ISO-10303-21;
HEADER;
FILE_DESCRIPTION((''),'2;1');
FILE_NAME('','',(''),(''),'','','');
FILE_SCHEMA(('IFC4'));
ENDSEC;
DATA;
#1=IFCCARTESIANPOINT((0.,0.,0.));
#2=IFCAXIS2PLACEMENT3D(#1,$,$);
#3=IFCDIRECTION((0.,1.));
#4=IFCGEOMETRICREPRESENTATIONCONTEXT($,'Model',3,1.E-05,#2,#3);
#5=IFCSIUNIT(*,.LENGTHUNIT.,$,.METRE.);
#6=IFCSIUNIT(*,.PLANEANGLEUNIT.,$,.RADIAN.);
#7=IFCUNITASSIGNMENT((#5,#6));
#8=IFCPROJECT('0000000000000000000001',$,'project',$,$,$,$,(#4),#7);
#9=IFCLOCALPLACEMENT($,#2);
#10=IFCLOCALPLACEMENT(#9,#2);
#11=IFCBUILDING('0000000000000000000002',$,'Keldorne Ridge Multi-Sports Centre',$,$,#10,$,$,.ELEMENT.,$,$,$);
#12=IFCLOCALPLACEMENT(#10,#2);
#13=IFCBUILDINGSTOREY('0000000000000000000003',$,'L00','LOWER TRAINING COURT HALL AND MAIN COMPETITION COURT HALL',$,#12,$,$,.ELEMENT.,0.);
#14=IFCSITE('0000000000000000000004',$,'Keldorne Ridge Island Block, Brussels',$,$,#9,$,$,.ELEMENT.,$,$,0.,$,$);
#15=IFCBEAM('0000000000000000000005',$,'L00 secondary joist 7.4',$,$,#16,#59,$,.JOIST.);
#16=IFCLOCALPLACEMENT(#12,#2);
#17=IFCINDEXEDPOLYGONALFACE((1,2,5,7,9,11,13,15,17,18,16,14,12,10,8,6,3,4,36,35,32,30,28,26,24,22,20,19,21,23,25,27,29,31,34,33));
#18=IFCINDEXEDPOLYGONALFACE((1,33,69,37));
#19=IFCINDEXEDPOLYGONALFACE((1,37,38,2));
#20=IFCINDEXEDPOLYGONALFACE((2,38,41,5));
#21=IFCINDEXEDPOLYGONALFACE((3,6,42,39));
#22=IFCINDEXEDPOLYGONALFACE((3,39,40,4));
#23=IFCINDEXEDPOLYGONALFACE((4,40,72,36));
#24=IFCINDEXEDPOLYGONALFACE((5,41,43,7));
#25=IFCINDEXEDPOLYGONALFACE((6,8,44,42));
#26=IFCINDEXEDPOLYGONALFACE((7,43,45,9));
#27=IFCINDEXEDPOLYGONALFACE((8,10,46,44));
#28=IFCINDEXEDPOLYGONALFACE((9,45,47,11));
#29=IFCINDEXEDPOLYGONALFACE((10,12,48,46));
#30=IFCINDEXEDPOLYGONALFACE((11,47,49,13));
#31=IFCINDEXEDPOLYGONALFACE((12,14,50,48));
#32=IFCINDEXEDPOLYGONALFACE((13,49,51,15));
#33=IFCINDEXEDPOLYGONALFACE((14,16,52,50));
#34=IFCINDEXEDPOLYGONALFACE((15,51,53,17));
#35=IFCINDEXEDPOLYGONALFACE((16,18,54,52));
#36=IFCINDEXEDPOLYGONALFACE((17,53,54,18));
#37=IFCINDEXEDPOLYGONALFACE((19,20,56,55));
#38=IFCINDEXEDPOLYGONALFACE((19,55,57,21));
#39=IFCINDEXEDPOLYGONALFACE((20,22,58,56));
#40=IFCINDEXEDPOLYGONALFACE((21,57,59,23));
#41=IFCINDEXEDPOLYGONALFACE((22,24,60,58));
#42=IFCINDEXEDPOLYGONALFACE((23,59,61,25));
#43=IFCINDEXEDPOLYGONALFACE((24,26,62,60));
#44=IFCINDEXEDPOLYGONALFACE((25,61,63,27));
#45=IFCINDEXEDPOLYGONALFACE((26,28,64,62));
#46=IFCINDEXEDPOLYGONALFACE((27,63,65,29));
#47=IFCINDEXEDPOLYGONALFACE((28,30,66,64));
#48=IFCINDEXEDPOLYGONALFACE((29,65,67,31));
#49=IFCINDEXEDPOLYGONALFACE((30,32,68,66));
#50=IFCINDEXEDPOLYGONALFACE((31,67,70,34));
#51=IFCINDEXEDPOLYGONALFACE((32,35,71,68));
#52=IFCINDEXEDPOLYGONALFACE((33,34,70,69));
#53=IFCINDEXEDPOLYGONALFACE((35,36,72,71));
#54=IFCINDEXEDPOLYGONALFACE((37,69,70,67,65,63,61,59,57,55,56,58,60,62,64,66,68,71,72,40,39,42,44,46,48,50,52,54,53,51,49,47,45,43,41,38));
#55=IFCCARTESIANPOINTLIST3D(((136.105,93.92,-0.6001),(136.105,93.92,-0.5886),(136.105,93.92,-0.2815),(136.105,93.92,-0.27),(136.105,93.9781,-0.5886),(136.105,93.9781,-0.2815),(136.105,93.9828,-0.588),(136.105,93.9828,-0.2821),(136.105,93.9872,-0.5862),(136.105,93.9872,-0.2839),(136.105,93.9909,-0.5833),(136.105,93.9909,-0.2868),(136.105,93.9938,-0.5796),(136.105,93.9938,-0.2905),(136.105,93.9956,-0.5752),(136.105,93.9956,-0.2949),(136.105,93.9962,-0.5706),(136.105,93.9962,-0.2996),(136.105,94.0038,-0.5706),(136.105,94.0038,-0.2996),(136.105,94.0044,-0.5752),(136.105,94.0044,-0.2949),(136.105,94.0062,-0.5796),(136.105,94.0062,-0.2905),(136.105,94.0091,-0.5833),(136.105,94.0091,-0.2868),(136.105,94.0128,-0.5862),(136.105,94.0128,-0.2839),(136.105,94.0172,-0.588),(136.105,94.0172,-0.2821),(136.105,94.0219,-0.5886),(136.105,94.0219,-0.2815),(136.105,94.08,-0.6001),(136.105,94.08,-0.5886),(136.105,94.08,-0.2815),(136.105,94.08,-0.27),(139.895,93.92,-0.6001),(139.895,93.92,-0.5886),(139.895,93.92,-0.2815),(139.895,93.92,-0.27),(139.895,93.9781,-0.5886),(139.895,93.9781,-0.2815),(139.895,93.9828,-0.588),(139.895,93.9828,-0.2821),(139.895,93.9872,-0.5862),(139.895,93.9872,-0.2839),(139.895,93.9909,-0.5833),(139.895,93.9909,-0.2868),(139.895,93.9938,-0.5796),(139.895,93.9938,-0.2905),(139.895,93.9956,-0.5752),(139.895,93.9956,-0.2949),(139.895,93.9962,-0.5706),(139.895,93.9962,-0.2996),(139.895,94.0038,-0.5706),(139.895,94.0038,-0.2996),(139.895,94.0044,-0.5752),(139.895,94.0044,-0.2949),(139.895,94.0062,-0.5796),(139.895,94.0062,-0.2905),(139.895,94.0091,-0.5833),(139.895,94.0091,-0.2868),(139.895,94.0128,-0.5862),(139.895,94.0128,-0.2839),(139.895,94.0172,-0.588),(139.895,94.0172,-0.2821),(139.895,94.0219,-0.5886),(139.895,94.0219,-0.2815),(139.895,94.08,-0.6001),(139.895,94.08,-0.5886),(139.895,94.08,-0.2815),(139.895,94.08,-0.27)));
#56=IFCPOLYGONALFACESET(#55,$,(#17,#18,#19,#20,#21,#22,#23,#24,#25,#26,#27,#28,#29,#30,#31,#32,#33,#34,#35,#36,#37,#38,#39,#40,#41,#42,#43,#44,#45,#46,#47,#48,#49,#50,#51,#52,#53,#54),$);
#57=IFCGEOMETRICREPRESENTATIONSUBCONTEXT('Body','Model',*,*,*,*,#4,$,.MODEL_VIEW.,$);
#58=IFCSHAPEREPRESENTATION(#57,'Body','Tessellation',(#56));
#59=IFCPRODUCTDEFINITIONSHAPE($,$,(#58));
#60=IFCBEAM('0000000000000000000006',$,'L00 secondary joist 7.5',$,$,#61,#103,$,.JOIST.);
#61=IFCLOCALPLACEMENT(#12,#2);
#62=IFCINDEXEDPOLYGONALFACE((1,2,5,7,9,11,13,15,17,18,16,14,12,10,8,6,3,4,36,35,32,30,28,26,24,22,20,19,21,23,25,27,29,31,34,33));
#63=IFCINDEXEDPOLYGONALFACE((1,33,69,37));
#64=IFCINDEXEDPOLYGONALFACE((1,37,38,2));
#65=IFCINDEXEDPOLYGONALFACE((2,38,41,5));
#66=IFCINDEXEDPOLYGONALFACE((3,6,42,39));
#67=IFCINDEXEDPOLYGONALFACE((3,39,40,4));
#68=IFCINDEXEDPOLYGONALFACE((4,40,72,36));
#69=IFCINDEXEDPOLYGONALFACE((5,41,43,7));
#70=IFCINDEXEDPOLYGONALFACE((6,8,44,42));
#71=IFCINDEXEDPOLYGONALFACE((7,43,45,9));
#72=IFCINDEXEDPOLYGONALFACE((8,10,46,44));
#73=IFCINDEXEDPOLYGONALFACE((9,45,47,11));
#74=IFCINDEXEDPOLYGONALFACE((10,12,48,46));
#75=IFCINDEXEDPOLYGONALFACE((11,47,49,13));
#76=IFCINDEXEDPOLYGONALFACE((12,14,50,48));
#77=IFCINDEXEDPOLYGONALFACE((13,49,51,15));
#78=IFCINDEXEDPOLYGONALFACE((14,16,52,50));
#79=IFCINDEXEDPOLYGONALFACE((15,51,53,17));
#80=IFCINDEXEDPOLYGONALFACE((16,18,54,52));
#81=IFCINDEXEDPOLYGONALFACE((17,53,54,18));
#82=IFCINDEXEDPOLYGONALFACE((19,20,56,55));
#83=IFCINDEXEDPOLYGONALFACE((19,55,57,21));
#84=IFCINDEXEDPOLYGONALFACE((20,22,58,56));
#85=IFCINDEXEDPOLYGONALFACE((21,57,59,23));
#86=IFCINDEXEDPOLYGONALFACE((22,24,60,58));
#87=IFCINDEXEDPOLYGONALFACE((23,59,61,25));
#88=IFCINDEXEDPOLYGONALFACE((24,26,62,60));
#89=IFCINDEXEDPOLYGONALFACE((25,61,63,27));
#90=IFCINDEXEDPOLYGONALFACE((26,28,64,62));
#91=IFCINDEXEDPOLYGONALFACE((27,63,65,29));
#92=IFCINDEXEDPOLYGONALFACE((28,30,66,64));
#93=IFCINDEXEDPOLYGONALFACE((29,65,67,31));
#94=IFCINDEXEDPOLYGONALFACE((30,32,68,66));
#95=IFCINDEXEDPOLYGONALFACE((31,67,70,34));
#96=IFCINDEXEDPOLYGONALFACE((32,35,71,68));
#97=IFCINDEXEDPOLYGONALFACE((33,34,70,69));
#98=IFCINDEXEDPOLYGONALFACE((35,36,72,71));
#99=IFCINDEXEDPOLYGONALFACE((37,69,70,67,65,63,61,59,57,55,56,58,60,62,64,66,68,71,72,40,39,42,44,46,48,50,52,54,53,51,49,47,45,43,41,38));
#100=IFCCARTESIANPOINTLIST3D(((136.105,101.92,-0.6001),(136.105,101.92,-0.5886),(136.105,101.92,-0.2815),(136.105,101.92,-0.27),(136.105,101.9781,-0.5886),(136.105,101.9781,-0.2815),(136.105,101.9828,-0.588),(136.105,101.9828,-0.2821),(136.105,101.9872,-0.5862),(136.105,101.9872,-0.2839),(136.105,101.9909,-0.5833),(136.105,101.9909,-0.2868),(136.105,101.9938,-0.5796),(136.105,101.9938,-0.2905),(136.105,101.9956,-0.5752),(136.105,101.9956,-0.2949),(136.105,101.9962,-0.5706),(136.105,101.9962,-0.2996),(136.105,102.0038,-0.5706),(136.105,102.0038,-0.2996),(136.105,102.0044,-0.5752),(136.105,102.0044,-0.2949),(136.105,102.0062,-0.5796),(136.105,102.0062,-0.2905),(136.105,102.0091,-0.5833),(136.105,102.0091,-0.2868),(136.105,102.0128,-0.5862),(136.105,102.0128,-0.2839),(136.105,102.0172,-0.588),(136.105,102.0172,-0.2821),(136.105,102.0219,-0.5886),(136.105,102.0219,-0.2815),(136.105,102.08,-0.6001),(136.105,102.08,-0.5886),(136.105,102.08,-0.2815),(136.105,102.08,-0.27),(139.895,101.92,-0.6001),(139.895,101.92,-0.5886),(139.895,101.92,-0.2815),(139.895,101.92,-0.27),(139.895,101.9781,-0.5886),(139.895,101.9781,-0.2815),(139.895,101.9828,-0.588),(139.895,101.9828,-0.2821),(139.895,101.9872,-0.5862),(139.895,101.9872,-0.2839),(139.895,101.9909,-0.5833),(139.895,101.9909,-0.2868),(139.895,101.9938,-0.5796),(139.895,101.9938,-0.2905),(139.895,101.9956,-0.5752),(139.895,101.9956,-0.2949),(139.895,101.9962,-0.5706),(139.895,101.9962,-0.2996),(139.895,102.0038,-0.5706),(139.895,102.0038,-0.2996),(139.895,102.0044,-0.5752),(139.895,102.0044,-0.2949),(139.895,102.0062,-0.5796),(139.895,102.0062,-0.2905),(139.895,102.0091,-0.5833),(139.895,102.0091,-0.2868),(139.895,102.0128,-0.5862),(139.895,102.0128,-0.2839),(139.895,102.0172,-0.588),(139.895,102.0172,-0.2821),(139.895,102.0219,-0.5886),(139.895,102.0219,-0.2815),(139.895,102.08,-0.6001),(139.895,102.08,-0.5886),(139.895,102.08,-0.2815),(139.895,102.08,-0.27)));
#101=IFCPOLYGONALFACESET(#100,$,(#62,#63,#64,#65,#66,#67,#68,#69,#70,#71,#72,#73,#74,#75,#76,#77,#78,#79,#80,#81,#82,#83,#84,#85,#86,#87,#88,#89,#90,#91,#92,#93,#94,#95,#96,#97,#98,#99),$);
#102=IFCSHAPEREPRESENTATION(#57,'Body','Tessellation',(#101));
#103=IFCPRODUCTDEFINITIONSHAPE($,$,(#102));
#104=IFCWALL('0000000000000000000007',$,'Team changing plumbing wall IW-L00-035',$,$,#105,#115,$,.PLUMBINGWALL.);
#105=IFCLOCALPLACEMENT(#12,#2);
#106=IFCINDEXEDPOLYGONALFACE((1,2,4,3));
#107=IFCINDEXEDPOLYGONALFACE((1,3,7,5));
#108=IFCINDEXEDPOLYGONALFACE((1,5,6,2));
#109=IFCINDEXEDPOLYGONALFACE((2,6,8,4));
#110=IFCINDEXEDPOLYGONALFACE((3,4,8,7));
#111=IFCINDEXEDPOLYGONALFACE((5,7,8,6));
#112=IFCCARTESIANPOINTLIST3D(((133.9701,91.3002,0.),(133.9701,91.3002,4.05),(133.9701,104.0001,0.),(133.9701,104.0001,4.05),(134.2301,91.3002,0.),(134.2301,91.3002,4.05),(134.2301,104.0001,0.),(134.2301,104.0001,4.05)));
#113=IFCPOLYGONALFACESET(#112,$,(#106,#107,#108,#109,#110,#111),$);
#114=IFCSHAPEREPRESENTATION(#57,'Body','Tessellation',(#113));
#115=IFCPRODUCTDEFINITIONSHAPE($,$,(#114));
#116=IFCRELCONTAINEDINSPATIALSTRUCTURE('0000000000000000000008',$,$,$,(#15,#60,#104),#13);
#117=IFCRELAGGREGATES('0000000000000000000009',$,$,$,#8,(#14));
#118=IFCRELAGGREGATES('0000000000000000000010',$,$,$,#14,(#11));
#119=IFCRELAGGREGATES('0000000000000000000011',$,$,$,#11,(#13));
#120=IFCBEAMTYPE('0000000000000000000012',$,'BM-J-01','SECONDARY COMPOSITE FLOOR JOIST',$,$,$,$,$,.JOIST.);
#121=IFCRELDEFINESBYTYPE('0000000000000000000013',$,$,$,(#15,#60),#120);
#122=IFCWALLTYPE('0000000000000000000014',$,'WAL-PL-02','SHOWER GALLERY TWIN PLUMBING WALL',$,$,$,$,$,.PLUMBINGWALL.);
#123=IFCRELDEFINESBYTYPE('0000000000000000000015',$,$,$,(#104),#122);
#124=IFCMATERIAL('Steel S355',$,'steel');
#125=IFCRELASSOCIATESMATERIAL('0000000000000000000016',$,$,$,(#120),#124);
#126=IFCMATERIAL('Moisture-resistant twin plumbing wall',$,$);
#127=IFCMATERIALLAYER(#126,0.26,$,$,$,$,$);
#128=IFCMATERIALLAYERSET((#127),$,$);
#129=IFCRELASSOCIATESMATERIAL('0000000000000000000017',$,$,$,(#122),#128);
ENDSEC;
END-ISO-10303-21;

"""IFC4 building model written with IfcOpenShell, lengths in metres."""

from ifc_helpers import new_model, si_unit, direction, frame, frame_2d, origin, origin_2d, place, context, subcontext, project, spatial, rectangle, i_section, extrude, material, layer, layer_set, material_profile, profile_set, type_object, element, save


model = new_model("IFC4")

# Units and contexts
model_context = context("Model", 3, precision=1e-05, world=origin(), true_north=direction((0.0, 1.0)))
body_context = subcontext(model_context, "Body", "Model", "MODEL_VIEW")
ifc_project = project(units=[si_unit("LENGTHUNIT", "METRE"), si_unit("PLANEANGLEUNIT", "RADIAN")], contexts=[model_context])

# Site, building, storey
site_placement = place(None, origin())
site = spatial("IfcSite", under=ifc_project, at=site_placement, Name="Keldorne Ridge Island Block, Brussels", CompositionType="ELEMENT", RefElevation=0.0)
building_placement = place(site_placement, origin())
building = spatial("IfcBuilding", under=site, at=building_placement, Name="Keldorne Ridge Multi-Sports Centre", CompositionType="ELEMENT")
storey_placement = place(building_placement, origin())
storey = spatial("IfcBuildingStorey", under=building, at=storey_placement, Name="L00", Description="LOWER TRAINING COURT HALL AND MAIN COMPETITION COURT HALL", CompositionType="ELEMENT", Elevation=0.0)

# Shared definitions
ifc_material_1 = material(Name="Steel S355", Category="steel")

# Beams
ifc_material_profile_1 = material_profile(ifc_material_1, i_section(OverallWidth=0.1599, OverallDepth=0.3301, WebThickness=0.0076, FlangeThickness=0.0115, FilletRadius=0.0181, at=origin_2d()), Name="IPE 330")
ifc_profile_set_1 = profile_set([ifc_material_profile_1], Name="Steel S355")
beam_type_1 = type_object("IfcBeamType", Name="BM-J-01", Description="SECONDARY COMPOSITE FLOOR JOIST", PredefinedType="JOIST", material=ifc_profile_set_1)
for number, where, z_axis, x_axis, name in (
    (1, (136.105, 94.0, -0.4351), (1.0, 0.0, 0.0), (0.0, 1.0, 0.0), "L00 secondary joist 7.4"),
    (2, (136.105, 102.0, -0.4351), (1.0, 0.0, 0.0), (0.0, 1.0, 0.0), "L00 secondary joist 7.5"),
):
    element("IfcBeam", number, at=place(storey_placement, frame(where, z_axis=z_axis, x_axis=x_axis)), inside=storey, type_object=beam_type_1, Name=name, PredefinedType="JOIST", context=body_context, shape_type="SweptSolid", body=[
        extrude(i_section(OverallWidth=0.1599, OverallDepth=0.3301, WebThickness=0.0076, FlangeThickness=0.0115, FilletRadius=0.0181, at=origin_2d()), origin(), (0.0, 0.0, 1.0), 3.79),
    ])

# Wall
ifc_material_2 = material(Name="Moisture-resistant twin plumbing wall")
ifc_layer = layer(ifc_material_2, 0.26)
ifc_layer_set = layer_set([ifc_layer])
wall_type = type_object("IfcWallType", Name="WAL-PL-02", Description="SHOWER GALLERY TWIN PLUMBING WALL", PredefinedType="PLUMBINGWALL", material=ifc_layer_set)
wall_placement = place(storey_placement, frame((134.1001, 91.3, 0.0), z_axis=(0.0, 0.0, 1.0), x_axis=(0.0, 1.0, 0.0)))
element("IfcWall", 3, at=wall_placement, inside=storey, type_object=wall_type, Name="Team changing plumbing wall IW-L00-035", PredefinedType="PLUMBINGWALL", context=body_context, shape_type="SweptSolid", body=[
    extrude(rectangle(XDim=12.7, YDim=0.26, at=frame_2d((6.3501, 0.0))), origin(), (0.0, 0.0, 1.0), 4.05),
])

save(model, "model.ifc")
